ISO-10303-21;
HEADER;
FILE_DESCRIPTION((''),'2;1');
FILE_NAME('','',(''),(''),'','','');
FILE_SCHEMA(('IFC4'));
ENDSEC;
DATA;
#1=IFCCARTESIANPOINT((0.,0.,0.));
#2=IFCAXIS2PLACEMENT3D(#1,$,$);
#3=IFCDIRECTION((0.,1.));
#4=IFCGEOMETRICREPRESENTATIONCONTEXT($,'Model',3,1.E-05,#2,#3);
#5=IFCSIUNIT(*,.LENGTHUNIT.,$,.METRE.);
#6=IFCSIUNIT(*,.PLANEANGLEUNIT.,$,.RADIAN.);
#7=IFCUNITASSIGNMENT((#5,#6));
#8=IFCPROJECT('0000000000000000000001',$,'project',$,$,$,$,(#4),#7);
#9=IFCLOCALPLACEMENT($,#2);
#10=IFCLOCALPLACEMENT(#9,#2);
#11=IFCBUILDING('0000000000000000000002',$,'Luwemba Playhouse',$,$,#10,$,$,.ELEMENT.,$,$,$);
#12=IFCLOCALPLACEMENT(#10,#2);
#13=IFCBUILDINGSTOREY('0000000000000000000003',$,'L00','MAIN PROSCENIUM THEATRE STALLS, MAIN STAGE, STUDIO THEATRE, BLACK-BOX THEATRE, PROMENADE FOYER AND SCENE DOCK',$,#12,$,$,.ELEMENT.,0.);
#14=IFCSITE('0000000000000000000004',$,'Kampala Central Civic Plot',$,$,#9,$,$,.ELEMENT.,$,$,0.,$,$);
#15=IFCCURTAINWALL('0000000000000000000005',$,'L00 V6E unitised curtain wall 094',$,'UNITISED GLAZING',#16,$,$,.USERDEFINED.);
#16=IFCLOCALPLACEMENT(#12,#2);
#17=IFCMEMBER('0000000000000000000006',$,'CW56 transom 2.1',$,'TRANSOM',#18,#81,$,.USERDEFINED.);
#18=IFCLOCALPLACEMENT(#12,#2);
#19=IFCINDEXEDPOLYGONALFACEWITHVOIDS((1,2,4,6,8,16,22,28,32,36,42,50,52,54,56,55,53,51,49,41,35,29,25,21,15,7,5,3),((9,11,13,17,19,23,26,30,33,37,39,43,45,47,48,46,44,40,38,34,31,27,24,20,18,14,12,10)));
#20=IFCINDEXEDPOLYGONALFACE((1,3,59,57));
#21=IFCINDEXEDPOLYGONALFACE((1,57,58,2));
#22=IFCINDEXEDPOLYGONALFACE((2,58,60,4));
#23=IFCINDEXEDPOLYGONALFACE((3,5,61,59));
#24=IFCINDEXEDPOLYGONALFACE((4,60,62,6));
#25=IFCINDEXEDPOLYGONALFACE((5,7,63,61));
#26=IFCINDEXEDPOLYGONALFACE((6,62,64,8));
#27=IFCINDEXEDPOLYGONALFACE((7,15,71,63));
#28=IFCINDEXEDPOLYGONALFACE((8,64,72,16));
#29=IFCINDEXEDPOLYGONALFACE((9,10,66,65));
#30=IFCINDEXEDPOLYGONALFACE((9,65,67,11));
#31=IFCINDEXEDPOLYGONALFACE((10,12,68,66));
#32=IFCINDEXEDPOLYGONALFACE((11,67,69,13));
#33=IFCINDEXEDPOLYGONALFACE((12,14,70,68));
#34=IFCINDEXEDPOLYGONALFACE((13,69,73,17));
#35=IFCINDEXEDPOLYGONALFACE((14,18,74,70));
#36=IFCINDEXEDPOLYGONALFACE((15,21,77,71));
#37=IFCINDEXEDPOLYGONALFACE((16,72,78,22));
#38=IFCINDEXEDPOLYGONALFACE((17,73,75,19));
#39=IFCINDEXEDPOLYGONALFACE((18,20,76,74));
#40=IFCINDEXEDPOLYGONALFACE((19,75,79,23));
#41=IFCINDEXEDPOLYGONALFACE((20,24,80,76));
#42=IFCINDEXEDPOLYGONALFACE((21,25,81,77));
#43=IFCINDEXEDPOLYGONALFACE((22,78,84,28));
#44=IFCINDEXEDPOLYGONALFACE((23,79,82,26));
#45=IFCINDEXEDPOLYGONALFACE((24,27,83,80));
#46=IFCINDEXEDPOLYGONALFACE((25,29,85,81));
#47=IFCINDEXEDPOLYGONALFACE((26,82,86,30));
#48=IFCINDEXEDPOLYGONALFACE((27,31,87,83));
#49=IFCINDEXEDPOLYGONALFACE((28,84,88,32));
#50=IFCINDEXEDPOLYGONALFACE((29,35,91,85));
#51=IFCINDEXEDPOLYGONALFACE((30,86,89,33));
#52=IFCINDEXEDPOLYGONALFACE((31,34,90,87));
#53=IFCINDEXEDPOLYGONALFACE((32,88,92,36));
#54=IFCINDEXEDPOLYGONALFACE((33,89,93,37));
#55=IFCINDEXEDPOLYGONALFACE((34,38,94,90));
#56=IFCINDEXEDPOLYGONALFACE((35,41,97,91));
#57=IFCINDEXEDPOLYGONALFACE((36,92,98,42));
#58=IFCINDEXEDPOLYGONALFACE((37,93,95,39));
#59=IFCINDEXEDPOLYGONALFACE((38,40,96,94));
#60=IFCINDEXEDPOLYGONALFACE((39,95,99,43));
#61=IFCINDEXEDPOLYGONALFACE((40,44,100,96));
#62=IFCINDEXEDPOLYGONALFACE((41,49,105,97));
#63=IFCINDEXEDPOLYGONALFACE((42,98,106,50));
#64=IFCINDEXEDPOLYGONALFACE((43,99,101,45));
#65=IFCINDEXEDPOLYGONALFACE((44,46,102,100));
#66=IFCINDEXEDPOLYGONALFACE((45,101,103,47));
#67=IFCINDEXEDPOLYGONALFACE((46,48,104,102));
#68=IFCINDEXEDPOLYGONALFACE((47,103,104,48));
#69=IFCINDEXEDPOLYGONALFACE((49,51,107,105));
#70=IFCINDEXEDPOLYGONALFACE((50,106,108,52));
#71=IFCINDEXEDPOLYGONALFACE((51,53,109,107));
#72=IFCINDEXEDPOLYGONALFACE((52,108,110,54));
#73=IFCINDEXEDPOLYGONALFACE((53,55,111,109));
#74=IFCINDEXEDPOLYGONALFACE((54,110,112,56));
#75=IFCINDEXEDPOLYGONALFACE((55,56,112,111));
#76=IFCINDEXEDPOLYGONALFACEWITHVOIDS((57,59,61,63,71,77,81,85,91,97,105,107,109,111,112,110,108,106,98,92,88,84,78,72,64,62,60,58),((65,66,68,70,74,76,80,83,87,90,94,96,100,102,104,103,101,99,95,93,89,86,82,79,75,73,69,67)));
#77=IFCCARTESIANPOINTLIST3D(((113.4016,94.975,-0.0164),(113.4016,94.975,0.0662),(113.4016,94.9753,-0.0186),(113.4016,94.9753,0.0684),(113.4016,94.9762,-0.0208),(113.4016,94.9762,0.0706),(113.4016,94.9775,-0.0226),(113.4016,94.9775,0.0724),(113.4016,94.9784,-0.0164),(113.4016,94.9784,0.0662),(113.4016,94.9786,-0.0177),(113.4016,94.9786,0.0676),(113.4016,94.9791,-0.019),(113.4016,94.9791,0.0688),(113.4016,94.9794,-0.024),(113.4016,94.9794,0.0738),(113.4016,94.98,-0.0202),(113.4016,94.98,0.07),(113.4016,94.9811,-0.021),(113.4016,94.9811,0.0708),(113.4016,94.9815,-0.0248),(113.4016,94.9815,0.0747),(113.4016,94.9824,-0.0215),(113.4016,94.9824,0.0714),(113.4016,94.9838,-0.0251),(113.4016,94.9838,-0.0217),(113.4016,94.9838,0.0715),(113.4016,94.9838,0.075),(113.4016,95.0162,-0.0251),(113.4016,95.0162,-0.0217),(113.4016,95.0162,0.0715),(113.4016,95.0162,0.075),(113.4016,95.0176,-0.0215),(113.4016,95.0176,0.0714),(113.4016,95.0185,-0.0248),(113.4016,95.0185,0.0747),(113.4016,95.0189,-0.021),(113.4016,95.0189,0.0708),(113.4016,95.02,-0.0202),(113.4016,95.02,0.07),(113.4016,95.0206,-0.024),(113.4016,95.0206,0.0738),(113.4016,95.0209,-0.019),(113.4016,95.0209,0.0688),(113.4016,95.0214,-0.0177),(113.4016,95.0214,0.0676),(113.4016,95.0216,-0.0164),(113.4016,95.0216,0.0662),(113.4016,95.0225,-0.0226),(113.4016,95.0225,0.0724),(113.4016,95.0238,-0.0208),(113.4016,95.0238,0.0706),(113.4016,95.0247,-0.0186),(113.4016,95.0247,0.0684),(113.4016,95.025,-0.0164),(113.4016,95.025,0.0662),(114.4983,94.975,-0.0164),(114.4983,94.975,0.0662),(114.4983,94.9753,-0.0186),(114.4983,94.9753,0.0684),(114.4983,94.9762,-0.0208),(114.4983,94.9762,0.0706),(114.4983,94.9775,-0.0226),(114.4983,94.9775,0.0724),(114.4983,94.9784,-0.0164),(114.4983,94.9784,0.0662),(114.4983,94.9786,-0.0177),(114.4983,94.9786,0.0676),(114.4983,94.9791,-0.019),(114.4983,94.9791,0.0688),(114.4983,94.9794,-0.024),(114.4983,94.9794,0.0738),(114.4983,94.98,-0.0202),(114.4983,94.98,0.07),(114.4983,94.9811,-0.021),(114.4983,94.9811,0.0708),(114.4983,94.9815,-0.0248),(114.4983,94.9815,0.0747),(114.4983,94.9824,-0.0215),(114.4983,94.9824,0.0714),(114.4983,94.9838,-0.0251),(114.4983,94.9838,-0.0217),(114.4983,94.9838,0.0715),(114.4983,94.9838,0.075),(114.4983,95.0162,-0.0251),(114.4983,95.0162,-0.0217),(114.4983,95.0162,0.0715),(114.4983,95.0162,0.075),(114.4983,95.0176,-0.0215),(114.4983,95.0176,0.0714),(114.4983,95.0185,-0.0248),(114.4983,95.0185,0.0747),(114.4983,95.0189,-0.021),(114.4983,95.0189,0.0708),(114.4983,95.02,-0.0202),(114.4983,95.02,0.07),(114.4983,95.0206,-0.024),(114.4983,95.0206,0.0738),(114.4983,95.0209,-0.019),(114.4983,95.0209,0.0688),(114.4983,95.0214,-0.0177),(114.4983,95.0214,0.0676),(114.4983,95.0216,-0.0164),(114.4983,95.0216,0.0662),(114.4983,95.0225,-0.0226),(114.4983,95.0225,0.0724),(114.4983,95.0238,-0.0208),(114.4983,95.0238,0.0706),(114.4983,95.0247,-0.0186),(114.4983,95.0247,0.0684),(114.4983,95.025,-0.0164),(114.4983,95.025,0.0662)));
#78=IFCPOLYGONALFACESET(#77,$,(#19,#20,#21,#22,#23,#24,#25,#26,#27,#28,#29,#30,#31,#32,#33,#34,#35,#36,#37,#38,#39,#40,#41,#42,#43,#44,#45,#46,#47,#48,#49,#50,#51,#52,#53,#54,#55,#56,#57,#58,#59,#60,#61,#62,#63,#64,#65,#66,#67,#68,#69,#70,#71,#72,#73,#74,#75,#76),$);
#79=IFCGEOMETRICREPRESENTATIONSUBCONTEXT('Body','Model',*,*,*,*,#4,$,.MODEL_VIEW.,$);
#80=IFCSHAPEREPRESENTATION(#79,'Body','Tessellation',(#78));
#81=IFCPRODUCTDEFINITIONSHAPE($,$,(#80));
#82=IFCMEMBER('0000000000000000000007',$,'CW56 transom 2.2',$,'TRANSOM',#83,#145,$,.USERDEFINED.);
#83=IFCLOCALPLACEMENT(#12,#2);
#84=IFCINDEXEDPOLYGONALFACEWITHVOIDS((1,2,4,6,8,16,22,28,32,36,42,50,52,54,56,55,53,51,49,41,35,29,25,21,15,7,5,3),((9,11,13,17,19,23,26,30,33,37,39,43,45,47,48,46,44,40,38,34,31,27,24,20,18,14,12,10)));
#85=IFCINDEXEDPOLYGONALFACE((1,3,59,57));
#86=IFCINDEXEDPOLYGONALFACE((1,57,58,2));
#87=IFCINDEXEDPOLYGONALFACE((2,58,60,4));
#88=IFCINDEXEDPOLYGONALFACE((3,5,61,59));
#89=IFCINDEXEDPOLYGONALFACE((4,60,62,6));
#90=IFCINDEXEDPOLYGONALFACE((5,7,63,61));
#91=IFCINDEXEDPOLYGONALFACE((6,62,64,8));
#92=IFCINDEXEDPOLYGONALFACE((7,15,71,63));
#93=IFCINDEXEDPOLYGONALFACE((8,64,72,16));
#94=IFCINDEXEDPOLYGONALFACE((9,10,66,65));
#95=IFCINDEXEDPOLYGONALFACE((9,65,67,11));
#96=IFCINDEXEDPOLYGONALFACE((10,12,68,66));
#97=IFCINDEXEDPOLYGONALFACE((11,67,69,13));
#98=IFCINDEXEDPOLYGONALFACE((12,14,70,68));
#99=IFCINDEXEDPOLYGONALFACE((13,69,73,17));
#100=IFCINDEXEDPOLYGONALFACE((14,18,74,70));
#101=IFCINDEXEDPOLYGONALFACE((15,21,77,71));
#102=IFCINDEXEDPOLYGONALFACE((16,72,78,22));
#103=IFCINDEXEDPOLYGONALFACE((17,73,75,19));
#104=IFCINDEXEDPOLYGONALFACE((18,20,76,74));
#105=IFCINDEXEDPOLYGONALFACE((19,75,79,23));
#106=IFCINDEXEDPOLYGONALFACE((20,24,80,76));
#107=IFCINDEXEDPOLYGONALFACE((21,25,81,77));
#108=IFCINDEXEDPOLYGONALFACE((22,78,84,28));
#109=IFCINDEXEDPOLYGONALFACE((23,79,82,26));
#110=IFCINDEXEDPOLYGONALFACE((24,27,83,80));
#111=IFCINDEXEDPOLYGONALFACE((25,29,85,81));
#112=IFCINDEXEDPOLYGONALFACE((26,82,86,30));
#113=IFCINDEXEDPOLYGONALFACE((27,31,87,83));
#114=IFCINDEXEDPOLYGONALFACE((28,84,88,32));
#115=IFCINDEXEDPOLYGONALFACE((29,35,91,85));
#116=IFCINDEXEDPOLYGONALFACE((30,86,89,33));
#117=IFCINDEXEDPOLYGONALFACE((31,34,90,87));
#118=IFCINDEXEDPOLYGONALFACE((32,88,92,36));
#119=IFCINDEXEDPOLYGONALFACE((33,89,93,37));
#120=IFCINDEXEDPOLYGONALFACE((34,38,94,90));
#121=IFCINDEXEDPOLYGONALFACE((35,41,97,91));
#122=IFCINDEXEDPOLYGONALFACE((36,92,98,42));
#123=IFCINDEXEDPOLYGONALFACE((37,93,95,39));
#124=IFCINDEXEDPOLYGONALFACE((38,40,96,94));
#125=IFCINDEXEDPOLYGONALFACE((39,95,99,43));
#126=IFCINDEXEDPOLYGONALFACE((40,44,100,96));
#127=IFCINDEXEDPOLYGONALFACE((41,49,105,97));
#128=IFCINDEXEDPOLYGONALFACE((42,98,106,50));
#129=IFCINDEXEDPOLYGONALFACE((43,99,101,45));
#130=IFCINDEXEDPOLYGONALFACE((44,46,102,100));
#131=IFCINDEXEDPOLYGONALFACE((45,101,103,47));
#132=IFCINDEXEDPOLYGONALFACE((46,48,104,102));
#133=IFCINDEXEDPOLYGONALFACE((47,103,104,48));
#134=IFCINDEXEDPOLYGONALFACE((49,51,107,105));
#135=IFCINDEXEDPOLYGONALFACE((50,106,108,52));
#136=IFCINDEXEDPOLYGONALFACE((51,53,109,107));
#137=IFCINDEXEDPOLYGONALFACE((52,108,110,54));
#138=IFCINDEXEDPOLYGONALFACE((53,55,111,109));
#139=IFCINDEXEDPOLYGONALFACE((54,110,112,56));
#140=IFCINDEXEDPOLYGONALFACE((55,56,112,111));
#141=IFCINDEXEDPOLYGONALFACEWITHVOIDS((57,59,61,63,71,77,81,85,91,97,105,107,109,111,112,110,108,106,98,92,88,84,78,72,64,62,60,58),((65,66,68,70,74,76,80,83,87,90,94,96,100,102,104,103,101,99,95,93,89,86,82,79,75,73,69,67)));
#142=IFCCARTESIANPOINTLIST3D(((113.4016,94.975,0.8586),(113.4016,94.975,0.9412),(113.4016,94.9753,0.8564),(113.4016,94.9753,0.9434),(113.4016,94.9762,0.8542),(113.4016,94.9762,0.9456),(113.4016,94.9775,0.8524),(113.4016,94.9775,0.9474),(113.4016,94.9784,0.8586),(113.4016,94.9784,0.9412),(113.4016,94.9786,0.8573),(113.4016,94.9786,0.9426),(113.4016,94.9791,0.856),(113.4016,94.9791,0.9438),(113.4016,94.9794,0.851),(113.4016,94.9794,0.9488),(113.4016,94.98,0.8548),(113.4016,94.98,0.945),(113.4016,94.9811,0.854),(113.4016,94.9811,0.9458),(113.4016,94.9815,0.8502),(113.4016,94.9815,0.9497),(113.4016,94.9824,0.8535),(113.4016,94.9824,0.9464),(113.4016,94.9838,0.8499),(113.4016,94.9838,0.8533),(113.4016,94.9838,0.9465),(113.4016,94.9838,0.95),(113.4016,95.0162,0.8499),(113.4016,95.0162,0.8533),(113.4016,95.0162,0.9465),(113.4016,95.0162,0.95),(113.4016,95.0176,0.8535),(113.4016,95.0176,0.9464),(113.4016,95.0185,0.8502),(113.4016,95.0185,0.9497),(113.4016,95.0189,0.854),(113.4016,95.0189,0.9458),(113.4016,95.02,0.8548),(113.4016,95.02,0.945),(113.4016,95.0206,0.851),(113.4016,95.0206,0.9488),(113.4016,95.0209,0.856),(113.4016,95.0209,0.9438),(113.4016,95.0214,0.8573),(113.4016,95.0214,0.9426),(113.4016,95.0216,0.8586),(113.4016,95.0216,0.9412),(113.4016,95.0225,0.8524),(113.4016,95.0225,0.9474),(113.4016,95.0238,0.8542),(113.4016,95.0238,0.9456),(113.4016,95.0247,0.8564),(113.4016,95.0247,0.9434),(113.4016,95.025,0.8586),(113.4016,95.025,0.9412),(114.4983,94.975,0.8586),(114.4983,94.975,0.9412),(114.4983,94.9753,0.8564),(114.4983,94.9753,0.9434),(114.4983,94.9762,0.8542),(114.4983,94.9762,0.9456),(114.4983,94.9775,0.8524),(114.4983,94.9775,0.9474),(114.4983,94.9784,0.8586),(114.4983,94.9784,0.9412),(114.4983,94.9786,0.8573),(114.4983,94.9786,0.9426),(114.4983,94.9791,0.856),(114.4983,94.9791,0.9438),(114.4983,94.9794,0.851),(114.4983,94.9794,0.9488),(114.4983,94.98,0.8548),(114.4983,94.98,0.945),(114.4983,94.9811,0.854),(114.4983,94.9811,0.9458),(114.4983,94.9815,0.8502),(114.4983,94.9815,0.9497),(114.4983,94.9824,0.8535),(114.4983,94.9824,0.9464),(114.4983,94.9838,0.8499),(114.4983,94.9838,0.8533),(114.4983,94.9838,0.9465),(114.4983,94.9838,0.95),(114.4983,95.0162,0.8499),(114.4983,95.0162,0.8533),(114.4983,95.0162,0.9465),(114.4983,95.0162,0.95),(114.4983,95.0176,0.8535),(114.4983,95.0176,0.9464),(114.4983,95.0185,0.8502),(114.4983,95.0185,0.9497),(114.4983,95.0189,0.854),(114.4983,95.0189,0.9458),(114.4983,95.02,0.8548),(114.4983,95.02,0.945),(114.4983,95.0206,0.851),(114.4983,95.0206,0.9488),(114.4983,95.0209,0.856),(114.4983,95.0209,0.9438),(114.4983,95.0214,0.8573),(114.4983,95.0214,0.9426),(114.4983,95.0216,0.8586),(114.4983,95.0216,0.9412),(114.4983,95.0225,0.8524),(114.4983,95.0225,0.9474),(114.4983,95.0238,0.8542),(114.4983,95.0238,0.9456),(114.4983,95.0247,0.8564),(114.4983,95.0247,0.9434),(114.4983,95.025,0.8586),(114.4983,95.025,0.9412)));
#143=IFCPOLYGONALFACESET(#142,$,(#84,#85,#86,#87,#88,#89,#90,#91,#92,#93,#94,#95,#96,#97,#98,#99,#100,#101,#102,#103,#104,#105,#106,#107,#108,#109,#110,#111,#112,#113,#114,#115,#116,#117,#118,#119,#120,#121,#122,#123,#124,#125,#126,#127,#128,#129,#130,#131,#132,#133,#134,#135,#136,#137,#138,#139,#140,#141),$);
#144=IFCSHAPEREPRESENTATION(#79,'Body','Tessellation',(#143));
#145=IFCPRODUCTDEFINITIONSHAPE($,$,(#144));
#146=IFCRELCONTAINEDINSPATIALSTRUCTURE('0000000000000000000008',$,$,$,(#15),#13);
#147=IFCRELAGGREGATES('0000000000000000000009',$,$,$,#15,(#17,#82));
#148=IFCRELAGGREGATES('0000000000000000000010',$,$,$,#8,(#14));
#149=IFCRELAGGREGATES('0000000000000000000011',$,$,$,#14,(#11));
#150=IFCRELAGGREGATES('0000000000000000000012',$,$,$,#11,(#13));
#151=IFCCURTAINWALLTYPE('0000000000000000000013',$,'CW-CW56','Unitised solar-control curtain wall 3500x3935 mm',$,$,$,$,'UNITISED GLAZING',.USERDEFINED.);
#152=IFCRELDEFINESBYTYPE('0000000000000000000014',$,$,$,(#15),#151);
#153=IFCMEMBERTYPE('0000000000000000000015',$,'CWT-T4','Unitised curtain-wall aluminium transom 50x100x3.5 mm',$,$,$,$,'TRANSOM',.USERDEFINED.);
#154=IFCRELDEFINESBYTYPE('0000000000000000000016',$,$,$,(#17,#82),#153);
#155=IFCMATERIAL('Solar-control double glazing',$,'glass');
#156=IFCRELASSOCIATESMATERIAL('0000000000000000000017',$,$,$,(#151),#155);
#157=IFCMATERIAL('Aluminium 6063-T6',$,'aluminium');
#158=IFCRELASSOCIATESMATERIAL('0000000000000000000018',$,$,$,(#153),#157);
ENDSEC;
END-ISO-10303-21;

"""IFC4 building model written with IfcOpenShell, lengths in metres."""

from ifc_helpers import new_model, si_unit, direction, frame, origin, origin_2d, place, context, subcontext, project, spatial, hollow_rectangle, extrude, material, material_profile, profile_set, type_object, element, aggregate, save


model = new_model("IFC4")

# Units and contexts
model_context = context("Model", 3, precision=1e-05, world=origin(), true_north=direction((0.0, 1.0)))
body_context = subcontext(model_context, "Body", "Model", "MODEL_VIEW")
ifc_project = project(units=[si_unit("LENGTHUNIT", "METRE"), si_unit("PLANEANGLEUNIT", "RADIAN")], contexts=[model_context])

# Site, building, storey
site_placement = place(None, origin())
site = spatial("IfcSite", under=ifc_project, at=site_placement, Name="Kampala Central Civic Plot", CompositionType="ELEMENT", RefElevation=0.0)
building_placement = place(site_placement, origin())
building = spatial("IfcBuilding", under=site, at=building_placement, Name="Luwemba Playhouse", CompositionType="ELEMENT")
storey_placement = place(building_placement, origin())
storey = spatial("IfcBuildingStorey", under=building, at=storey_placement, Name="L00", Description="MAIN PROSCENIUM THEATRE STALLS, MAIN STAGE, STUDIO THEATRE, BLACK-BOX THEATRE, PROMENADE FOYER AND SCENE DOCK", CompositionType="ELEMENT", Elevation=0.0)

# Curtain wall, members
ifc_material_1 = material(Name="Solar-control double glazing", Category="glass")
curtain_wall_type = type_object("IfcCurtainWallType", Name="CW-CW56", Description="Unitised solar-control curtain wall 3500x3935 mm", ElementType="UNITISED GLAZING", PredefinedType="USERDEFINED", material=ifc_material_1)
curtain_wall_placement = place(storey_placement, origin())
curtain_wall = element("IfcCurtainWall", 1, at=curtain_wall_placement, inside=storey, type_object=curtain_wall_type, Name="L00 V6E unitised curtain wall 094", ObjectType="UNITISED GLAZING", PredefinedType="USERDEFINED")
ifc_material_2 = material(Name="Aluminium 6063-T6", Category="aluminium")
ifc_material_profile_1 = material_profile(ifc_material_2, hollow_rectangle(XDim=0.05, YDim=0.1001, WallThickness=0.0034, InnerFilletRadius=0.0054, OuterFilletRadius=0.0088, at=origin_2d()))
ifc_profile_set_1 = profile_set([ifc_material_profile_1], Name="Aluminium 6063-T6")
member_type_1 = type_object("IfcMemberType", Name="CWT-T4", Description="Unitised curtain-wall aluminium transom 50x100x3.5 mm", ElementType="TRANSOM", PredefinedType="USERDEFINED", material=ifc_profile_set_1)
member_1_placement = place(storey_placement, frame((114.4983, 95.0, 0.0249), z_axis=(-1.0, 0.0, 0.0), x_axis=(0.0, -1.0, 0.0)))
member_1 = element("IfcMember", 2, at=member_1_placement, type_object=member_type_1, Name="CW56 transom 2.1", ObjectType="TRANSOM", PredefinedType="USERDEFINED", context=body_context, shape_type="SweptSolid", body=[
    extrude(hollow_rectangle(XDim=0.05, YDim=0.1001, WallThickness=0.0034, InnerFilletRadius=0.0054, OuterFilletRadius=0.0088, at=origin_2d()), origin(), (0.0, 0.0, 1.0), 1.0967),
])
member_2_placement = place(storey_placement, frame((114.4983, 95.0, 0.8999), z_axis=(-1.0, 0.0, 0.0), x_axis=(0.0, -1.0, 0.0)))
member_2 = element("IfcMember", 3, at=member_2_placement, type_object=member_type_1, Name="CW56 transom 2.2", ObjectType="TRANSOM", PredefinedType="USERDEFINED", context=body_context, shape_type="SweptSolid", body=[
    extrude(hollow_rectangle(XDim=0.05, YDim=0.1001, WallThickness=0.0034, InnerFilletRadius=0.0054, OuterFilletRadius=0.0088, at=origin_2d()), origin(), (0.0, 0.0, 1.0), 1.0967),
])
aggregate(curtain_wall, [member_1, member_2])

save(model, "model.ifc")
